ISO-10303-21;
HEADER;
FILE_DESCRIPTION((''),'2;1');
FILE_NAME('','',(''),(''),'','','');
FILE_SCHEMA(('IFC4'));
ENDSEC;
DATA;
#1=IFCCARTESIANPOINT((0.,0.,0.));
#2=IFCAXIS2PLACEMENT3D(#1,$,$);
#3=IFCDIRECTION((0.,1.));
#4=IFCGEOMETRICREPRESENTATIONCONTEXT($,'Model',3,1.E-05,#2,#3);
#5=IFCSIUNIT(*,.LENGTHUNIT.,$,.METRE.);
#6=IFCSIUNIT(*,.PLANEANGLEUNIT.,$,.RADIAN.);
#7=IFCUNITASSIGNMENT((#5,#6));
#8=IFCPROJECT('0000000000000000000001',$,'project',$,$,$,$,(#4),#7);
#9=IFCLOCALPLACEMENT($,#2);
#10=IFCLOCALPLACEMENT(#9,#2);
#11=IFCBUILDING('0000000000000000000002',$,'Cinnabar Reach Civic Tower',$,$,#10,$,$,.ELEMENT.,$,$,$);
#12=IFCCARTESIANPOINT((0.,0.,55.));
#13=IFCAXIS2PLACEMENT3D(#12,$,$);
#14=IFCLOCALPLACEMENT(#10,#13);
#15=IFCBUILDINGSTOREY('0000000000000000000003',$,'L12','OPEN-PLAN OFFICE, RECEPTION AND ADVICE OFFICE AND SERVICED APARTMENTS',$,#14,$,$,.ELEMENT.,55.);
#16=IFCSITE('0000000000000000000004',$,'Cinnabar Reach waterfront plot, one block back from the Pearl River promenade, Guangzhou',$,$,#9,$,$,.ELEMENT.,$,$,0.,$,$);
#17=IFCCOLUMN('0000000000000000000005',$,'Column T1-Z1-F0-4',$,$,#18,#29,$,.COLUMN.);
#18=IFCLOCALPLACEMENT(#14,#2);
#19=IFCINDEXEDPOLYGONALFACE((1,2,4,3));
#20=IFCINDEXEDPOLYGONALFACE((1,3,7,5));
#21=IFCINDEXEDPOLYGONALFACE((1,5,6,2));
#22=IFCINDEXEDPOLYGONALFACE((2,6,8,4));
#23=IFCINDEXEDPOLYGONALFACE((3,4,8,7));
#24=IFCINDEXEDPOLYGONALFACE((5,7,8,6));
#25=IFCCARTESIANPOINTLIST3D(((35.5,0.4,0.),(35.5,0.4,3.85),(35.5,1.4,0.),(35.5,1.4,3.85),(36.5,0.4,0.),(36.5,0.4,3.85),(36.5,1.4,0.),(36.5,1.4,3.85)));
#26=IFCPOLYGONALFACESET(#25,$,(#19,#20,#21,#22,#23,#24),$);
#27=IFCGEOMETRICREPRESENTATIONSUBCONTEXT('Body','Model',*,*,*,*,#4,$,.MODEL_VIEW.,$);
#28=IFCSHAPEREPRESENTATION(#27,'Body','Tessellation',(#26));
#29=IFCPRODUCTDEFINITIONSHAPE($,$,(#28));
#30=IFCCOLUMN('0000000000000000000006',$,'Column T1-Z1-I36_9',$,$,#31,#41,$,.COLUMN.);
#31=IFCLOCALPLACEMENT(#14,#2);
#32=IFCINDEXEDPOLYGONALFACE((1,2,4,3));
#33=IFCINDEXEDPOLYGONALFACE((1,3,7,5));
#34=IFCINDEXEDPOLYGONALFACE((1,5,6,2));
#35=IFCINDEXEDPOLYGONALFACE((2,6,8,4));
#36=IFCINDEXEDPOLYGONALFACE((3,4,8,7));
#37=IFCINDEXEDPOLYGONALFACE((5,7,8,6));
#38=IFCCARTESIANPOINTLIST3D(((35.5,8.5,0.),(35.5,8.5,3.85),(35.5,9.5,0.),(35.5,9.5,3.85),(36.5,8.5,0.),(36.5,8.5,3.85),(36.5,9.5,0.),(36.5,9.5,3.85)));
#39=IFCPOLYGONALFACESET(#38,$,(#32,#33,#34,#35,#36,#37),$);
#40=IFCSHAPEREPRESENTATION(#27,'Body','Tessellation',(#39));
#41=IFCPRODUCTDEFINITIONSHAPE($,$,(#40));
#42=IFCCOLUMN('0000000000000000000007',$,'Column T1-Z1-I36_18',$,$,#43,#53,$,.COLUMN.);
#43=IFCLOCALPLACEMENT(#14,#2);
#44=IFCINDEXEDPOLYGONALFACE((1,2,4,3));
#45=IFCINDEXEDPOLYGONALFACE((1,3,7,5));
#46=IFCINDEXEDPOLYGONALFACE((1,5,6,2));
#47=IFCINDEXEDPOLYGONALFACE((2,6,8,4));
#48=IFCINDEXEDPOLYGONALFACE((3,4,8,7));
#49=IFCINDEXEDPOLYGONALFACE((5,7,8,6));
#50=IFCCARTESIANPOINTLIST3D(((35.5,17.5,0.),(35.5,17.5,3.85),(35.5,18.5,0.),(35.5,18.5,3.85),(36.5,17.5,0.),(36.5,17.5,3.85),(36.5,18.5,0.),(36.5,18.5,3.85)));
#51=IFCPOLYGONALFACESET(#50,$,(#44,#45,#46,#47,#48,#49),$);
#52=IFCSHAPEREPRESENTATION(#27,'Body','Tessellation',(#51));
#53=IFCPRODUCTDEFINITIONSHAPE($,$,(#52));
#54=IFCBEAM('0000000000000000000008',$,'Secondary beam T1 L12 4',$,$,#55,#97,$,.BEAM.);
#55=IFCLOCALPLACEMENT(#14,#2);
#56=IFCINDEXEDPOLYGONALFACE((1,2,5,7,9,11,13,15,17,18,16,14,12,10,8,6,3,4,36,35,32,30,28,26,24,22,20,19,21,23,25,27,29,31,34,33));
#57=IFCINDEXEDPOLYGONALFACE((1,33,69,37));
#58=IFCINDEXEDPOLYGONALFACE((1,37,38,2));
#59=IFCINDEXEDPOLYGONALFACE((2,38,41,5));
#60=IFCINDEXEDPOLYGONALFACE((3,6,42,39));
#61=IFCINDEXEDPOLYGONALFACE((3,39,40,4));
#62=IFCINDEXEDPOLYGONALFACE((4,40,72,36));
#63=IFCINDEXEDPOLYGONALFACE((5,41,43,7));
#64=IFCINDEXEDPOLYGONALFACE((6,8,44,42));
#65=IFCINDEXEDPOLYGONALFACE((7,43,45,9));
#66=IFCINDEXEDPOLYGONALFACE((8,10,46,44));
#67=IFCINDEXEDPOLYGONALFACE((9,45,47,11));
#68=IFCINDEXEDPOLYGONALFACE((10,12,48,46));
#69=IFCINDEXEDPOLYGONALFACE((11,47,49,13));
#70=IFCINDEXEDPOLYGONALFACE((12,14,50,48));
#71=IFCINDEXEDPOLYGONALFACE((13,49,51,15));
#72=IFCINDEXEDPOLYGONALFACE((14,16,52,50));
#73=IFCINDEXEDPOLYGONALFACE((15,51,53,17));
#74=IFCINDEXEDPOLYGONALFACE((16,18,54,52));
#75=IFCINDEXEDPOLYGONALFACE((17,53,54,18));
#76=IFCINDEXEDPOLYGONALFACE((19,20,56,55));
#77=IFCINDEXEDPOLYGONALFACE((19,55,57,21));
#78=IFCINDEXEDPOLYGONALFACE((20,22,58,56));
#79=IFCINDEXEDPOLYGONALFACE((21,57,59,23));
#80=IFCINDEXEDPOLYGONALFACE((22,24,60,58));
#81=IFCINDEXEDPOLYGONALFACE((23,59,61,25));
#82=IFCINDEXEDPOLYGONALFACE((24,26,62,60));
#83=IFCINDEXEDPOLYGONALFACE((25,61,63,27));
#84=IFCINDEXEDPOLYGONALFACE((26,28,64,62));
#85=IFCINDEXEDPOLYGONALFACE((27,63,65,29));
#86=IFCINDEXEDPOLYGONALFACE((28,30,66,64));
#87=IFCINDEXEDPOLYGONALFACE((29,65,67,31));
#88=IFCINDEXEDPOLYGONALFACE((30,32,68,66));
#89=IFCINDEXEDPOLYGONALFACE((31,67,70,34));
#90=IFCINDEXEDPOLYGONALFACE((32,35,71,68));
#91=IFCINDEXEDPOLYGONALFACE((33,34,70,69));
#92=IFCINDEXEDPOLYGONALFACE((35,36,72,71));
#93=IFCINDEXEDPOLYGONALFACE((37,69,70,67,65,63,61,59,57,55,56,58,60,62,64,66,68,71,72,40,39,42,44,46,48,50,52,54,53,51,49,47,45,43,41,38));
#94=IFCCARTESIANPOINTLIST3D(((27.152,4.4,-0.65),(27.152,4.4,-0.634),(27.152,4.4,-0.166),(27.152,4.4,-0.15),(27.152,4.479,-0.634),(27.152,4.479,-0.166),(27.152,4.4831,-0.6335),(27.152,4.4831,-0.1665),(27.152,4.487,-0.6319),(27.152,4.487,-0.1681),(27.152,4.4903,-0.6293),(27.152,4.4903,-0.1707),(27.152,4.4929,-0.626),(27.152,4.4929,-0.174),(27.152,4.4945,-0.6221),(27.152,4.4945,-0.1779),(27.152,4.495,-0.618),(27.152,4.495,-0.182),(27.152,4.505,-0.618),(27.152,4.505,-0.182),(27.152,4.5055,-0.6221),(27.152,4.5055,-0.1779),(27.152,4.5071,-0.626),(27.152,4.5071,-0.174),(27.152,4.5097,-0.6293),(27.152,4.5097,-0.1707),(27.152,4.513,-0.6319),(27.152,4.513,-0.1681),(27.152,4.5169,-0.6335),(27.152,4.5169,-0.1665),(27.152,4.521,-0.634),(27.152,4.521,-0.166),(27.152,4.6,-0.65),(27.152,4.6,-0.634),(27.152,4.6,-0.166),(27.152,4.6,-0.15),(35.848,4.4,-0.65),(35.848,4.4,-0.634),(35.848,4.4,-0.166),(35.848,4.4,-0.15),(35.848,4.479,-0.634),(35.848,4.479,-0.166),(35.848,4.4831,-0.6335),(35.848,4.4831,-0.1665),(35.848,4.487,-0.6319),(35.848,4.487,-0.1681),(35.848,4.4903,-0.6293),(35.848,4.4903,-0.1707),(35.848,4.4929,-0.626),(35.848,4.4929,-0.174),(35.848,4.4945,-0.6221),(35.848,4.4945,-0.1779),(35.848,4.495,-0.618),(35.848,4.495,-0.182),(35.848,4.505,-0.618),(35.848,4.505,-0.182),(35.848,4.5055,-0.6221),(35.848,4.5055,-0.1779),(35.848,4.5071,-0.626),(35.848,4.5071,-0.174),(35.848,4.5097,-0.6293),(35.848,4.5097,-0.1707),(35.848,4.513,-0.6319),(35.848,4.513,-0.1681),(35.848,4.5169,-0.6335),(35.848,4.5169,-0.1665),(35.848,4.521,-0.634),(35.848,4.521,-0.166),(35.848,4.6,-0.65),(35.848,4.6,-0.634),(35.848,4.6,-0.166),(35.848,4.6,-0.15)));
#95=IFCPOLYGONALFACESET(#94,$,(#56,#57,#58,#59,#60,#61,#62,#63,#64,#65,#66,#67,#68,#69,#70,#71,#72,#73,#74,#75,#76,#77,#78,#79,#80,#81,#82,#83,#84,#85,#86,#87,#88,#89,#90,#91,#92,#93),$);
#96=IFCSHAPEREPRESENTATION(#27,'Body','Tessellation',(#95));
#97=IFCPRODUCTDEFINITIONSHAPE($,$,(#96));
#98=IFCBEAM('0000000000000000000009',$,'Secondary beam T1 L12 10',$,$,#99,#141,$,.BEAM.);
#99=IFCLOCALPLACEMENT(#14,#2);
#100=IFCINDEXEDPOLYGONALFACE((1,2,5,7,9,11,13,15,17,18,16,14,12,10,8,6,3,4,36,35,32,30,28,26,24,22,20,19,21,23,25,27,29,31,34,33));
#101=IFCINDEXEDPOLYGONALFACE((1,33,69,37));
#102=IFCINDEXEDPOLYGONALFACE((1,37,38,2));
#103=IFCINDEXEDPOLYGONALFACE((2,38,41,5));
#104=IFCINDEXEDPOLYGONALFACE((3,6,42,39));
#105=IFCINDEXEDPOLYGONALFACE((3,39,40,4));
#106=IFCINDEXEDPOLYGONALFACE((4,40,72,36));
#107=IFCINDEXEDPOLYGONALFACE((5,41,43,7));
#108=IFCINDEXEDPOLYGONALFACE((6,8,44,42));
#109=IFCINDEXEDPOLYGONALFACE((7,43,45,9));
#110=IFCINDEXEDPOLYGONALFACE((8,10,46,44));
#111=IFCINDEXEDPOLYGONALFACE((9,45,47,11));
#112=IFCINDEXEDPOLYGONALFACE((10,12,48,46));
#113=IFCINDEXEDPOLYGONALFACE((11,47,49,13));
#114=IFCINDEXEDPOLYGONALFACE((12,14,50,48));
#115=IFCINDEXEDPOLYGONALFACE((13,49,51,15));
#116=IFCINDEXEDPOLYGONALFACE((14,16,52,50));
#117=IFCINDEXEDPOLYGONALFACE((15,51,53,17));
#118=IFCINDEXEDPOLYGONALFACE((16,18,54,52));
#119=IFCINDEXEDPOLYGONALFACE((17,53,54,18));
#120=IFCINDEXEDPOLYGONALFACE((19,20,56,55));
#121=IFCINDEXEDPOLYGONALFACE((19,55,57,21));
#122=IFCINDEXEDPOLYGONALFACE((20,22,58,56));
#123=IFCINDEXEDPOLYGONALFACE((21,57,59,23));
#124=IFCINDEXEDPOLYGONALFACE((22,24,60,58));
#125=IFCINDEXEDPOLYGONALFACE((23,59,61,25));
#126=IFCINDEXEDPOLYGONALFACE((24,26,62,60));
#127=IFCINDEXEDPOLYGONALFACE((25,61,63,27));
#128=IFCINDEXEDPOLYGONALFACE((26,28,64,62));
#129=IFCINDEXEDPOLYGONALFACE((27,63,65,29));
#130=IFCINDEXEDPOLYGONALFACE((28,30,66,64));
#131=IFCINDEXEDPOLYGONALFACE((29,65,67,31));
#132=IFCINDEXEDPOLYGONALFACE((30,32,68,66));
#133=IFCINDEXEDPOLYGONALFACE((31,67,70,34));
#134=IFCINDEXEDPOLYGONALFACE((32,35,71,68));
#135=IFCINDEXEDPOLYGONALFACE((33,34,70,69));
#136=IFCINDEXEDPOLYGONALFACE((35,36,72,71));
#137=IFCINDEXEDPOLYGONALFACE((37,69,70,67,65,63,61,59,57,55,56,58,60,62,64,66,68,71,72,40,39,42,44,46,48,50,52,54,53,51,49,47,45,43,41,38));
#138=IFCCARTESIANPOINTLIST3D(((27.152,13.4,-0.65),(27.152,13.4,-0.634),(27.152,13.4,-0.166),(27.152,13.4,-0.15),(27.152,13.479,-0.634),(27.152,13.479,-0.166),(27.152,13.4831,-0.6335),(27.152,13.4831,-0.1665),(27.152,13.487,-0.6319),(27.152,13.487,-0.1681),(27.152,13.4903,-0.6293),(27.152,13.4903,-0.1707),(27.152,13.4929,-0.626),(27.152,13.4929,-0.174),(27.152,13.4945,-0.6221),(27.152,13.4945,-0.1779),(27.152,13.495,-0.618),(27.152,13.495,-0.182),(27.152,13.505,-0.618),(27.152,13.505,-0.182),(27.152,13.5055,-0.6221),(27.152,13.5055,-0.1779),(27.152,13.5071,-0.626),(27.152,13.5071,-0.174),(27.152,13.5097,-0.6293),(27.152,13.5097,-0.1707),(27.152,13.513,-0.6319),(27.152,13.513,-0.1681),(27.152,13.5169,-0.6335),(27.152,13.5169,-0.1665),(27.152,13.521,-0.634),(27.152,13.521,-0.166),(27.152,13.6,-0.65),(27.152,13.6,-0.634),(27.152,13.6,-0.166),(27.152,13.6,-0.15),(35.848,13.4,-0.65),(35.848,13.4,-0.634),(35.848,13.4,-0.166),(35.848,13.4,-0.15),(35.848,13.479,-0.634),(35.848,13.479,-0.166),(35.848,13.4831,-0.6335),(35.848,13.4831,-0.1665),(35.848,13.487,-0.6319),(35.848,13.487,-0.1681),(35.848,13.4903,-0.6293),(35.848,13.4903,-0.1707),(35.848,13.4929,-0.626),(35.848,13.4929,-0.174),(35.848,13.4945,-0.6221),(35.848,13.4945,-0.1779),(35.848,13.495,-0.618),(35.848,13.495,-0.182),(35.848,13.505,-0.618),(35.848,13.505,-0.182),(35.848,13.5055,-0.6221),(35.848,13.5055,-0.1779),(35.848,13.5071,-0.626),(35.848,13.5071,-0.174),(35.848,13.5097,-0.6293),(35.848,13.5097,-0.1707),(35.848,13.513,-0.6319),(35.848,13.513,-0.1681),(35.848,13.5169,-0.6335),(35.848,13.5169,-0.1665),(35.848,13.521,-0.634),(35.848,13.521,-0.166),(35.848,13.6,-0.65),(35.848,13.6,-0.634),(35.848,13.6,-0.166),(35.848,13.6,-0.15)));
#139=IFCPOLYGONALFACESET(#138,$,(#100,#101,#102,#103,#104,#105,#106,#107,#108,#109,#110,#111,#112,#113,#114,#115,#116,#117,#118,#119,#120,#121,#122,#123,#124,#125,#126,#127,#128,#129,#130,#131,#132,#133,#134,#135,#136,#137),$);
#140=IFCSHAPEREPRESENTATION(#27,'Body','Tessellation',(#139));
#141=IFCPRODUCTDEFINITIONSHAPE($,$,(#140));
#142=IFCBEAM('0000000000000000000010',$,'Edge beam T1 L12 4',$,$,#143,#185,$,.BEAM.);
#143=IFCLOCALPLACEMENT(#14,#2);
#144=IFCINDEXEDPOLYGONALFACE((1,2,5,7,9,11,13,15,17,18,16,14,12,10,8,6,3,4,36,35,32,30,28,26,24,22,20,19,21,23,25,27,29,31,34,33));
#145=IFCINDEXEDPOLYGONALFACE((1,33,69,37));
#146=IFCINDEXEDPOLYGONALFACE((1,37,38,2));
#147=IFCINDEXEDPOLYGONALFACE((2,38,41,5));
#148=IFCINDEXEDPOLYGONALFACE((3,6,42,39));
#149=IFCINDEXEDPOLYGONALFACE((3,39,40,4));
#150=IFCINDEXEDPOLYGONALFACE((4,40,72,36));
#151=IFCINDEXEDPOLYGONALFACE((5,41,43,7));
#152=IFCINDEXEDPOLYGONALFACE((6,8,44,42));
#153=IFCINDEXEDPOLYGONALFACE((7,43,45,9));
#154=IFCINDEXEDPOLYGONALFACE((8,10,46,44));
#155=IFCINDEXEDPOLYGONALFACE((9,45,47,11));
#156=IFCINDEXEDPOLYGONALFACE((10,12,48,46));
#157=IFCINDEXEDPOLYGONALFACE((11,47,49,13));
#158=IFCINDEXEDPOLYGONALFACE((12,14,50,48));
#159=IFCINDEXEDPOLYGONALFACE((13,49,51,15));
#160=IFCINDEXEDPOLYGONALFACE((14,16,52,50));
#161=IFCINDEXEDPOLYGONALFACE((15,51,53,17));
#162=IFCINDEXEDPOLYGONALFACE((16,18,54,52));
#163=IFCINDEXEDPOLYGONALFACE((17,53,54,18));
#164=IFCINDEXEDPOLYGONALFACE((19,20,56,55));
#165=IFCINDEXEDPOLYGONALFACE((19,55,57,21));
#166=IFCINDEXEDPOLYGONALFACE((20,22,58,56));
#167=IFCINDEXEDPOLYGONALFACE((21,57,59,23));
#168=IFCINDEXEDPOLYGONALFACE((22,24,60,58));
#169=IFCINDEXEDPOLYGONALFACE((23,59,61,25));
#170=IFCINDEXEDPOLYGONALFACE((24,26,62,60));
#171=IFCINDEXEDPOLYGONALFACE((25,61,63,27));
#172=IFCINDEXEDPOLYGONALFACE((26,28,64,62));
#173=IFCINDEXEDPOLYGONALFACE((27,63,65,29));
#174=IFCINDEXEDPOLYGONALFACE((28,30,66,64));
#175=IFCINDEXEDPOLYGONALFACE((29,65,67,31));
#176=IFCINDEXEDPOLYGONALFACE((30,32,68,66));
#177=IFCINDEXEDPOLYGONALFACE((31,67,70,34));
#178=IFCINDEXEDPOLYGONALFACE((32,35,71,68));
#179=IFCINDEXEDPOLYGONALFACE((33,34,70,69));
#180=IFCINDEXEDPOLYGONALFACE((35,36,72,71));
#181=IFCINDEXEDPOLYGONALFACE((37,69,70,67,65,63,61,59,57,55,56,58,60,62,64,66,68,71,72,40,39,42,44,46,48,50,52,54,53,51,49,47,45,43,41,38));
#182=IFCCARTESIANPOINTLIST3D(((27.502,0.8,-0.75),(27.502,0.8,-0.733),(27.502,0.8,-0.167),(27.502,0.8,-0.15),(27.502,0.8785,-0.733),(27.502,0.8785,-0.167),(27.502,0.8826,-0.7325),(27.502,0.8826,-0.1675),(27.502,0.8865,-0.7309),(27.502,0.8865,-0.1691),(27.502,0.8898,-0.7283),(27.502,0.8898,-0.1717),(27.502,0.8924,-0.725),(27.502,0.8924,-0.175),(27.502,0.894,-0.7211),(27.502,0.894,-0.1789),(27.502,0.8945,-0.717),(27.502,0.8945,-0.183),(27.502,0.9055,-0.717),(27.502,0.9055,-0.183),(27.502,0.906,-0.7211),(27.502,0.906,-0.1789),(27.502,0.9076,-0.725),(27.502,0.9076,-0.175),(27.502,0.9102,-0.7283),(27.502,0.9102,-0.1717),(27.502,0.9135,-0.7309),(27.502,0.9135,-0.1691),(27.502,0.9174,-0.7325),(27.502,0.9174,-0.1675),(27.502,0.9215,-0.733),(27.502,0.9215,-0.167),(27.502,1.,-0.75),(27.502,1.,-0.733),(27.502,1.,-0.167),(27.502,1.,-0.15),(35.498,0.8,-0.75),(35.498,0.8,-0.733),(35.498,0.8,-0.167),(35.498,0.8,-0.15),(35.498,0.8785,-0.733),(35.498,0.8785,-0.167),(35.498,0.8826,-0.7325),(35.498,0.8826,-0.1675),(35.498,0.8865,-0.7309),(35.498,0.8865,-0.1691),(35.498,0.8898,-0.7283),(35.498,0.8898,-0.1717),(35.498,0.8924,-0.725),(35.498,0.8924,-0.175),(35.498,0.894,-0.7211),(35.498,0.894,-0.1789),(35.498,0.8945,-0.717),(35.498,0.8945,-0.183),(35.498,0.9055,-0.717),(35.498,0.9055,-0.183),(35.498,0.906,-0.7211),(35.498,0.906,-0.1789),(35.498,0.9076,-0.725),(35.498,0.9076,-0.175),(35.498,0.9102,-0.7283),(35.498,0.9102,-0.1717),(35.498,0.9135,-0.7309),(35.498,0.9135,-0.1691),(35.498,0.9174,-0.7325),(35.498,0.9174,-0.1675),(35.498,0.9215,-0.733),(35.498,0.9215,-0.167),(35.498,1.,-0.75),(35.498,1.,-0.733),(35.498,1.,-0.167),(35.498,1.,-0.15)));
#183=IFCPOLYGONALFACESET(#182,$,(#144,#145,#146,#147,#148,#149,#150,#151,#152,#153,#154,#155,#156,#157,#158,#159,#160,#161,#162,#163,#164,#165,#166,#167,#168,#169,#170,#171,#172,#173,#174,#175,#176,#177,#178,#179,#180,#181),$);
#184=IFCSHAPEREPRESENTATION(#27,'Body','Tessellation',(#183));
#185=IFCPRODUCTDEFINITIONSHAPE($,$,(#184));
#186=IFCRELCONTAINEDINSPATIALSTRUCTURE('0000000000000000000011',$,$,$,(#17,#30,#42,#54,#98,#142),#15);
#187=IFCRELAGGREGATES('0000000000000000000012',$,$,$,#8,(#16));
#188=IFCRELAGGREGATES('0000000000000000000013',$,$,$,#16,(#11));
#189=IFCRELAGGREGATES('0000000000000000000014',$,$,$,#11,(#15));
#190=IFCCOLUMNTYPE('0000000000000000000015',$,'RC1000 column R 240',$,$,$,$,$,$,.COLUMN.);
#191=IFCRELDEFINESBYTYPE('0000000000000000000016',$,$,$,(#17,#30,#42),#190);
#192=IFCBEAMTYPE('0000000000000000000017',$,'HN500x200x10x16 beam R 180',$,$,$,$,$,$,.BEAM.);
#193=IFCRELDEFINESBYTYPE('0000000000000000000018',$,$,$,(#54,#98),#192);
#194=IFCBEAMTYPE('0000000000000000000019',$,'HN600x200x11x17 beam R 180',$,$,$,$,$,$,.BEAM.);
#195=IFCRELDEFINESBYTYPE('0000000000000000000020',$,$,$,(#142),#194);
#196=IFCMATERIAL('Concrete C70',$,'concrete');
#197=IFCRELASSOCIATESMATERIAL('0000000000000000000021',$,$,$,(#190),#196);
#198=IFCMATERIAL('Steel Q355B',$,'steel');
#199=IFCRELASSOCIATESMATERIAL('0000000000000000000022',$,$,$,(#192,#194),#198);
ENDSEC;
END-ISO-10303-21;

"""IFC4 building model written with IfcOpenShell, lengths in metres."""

from ifc_helpers import new_model, si_unit, direction, frame, origin, origin_2d, place, context, subcontext, project, spatial, rectangle, i_section, extrude, material, material_profile, profile_set, type_object, element, save


model = new_model("IFC4")

# Units and contexts
model_context = context("Model", 3, precision=1e-05, world=origin(), true_north=direction((0.0, 1.0)))
body_context = subcontext(model_context, "Body", "Model", "MODEL_VIEW")
ifc_project = project(units=[si_unit("LENGTHUNIT", "METRE"), si_unit("PLANEANGLEUNIT", "RADIAN")], contexts=[model_context])

# Site, building, storey
site_placement = place(None, origin())
site = spatial("IfcSite", under=ifc_project, at=site_placement, Name="Cinnabar Reach waterfront plot, one block back from the Pearl River promenade, Guangzhou", CompositionType="ELEMENT", RefElevation=0.0)
building_placement = place(site_placement, origin())
building = spatial("IfcBuilding", under=site, at=building_placement, Name="Cinnabar Reach Civic Tower", CompositionType="ELEMENT")
storey_placement = place(building_placement, frame((0.0, 0.0, 55.0)))
storey = spatial("IfcBuildingStorey", under=building, at=storey_placement, Name="L12", Description="OPEN-PLAN OFFICE, RECEPTION AND ADVICE OFFICE AND SERVICED APARTMENTS", CompositionType="ELEMENT", Elevation=55.0)

# Columns
ifc_material_1 = material(Name="Concrete C70", Category="concrete")
ifc_material_profile_1 = material_profile(ifc_material_1, rectangle(XDim=1.0, YDim=1.0, at=origin_2d()), Name="RC1000")
ifc_profile_set_1 = profile_set([ifc_material_profile_1], Name="Concrete C70")
column_type = type_object("IfcColumnType", Name="RC1000 column R 240", PredefinedType="COLUMN", material=ifc_profile_set_1)
for number, where, z_axis, x_axis, name in (
    (1, (36.0, 0.9, 0.0), (0.0, 0.0, 1.0), (1.0, 0.0, 0.0), "Column T1-Z1-F0-4"),
    (2, (36.0, 9.0, 0.0), (0.0, 0.0, 1.0), (1.0, 0.0, 0.0), "Column T1-Z1-I36_9"),
    (3, (36.0, 18.0, 0.0), (0.0, 0.0, 1.0), (1.0, 0.0, 0.0), "Column T1-Z1-I36_18"),
):
    element("IfcColumn", number, at=place(storey_placement, frame(where, z_axis=z_axis, x_axis=x_axis)), inside=storey, type_object=column_type, Name=name, PredefinedType="COLUMN", context=body_context, shape_type="SweptSolid", body=[
        extrude(rectangle(XDim=1.0, YDim=1.0, at=origin_2d()), origin(), (0.0, 0.0, 1.0), 3.85),
    ])

# Beams
ifc_material_2 = material(Name="Steel Q355B", Category="steel")
ifc_material_profile_2 = material_profile(ifc_material_2, i_section(OverallWidth=0.2, OverallDepth=0.5, WebThickness=0.01, FlangeThickness=0.016, FilletRadius=0.016, at=origin_2d()), Name="HN500x200x10x16")
ifc_profile_set_2 = profile_set([ifc_material_profile_2], Name="Steel Q355B")
beam_type_1 = type_object("IfcBeamType", Name="HN500x200x10x16 beam R 180", PredefinedType="BEAM", material=ifc_profile_set_2)
for number, where, z_axis, x_axis, name in (
    (4, (27.152, 4.5, -0.4), (1.0, 0.0, 0.0), (0.0, 1.0, 0.0), "Secondary beam T1 L12 4"),
    (5, (27.152, 13.5, -0.4), (1.0, 0.0, 0.0), (0.0, 1.0, 0.0), "Secondary beam T1 L12 10"),
):
    element("IfcBeam", number, at=place(storey_placement, frame(where, z_axis=z_axis, x_axis=x_axis)), inside=storey, type_object=beam_type_1, Name=name, PredefinedType="BEAM", context=body_context, shape_type="SweptSolid", body=[
        extrude(i_section(OverallWidth=0.2, OverallDepth=0.5, WebThickness=0.01, FlangeThickness=0.016, FilletRadius=0.016, at=origin_2d()), origin(), (0.0, 0.0, 1.0), 8.696),
    ])
ifc_material_profile_3 = material_profile(ifc_material_2, i_section(OverallWidth=0.2, OverallDepth=0.6, WebThickness=0.011, FlangeThickness=0.017, FilletRadius=0.016, at=origin_2d()), Name="HN600x200x11x17")
ifc_profile_set_3 = profile_set([ifc_material_profile_3], Name="Steel Q355B")
beam_type_2 = type_object("IfcBeamType", Name="HN600x200x11x17 beam R 180", PredefinedType="BEAM", material=ifc_profile_set_3)
beam_1_placement = place(storey_placement, frame((27.502, 0.9, -0.45), z_axis=(1.0, 0.0, 0.0), x_axis=(0.0, 1.0, 0.0)))
element("IfcBeam", 6, at=beam_1_placement, inside=storey, type_object=beam_type_2, Name="Edge beam T1 L12 4", PredefinedType="BEAM", context=body_context, shape_type="SweptSolid", body=[
    extrude(i_section(OverallWidth=0.2, OverallDepth=0.6, WebThickness=0.011, FlangeThickness=0.017, FilletRadius=0.016, at=origin_2d()), origin(), (0.0, 0.0, 1.0), 7.996),
])

save(model, "model.ifc")
